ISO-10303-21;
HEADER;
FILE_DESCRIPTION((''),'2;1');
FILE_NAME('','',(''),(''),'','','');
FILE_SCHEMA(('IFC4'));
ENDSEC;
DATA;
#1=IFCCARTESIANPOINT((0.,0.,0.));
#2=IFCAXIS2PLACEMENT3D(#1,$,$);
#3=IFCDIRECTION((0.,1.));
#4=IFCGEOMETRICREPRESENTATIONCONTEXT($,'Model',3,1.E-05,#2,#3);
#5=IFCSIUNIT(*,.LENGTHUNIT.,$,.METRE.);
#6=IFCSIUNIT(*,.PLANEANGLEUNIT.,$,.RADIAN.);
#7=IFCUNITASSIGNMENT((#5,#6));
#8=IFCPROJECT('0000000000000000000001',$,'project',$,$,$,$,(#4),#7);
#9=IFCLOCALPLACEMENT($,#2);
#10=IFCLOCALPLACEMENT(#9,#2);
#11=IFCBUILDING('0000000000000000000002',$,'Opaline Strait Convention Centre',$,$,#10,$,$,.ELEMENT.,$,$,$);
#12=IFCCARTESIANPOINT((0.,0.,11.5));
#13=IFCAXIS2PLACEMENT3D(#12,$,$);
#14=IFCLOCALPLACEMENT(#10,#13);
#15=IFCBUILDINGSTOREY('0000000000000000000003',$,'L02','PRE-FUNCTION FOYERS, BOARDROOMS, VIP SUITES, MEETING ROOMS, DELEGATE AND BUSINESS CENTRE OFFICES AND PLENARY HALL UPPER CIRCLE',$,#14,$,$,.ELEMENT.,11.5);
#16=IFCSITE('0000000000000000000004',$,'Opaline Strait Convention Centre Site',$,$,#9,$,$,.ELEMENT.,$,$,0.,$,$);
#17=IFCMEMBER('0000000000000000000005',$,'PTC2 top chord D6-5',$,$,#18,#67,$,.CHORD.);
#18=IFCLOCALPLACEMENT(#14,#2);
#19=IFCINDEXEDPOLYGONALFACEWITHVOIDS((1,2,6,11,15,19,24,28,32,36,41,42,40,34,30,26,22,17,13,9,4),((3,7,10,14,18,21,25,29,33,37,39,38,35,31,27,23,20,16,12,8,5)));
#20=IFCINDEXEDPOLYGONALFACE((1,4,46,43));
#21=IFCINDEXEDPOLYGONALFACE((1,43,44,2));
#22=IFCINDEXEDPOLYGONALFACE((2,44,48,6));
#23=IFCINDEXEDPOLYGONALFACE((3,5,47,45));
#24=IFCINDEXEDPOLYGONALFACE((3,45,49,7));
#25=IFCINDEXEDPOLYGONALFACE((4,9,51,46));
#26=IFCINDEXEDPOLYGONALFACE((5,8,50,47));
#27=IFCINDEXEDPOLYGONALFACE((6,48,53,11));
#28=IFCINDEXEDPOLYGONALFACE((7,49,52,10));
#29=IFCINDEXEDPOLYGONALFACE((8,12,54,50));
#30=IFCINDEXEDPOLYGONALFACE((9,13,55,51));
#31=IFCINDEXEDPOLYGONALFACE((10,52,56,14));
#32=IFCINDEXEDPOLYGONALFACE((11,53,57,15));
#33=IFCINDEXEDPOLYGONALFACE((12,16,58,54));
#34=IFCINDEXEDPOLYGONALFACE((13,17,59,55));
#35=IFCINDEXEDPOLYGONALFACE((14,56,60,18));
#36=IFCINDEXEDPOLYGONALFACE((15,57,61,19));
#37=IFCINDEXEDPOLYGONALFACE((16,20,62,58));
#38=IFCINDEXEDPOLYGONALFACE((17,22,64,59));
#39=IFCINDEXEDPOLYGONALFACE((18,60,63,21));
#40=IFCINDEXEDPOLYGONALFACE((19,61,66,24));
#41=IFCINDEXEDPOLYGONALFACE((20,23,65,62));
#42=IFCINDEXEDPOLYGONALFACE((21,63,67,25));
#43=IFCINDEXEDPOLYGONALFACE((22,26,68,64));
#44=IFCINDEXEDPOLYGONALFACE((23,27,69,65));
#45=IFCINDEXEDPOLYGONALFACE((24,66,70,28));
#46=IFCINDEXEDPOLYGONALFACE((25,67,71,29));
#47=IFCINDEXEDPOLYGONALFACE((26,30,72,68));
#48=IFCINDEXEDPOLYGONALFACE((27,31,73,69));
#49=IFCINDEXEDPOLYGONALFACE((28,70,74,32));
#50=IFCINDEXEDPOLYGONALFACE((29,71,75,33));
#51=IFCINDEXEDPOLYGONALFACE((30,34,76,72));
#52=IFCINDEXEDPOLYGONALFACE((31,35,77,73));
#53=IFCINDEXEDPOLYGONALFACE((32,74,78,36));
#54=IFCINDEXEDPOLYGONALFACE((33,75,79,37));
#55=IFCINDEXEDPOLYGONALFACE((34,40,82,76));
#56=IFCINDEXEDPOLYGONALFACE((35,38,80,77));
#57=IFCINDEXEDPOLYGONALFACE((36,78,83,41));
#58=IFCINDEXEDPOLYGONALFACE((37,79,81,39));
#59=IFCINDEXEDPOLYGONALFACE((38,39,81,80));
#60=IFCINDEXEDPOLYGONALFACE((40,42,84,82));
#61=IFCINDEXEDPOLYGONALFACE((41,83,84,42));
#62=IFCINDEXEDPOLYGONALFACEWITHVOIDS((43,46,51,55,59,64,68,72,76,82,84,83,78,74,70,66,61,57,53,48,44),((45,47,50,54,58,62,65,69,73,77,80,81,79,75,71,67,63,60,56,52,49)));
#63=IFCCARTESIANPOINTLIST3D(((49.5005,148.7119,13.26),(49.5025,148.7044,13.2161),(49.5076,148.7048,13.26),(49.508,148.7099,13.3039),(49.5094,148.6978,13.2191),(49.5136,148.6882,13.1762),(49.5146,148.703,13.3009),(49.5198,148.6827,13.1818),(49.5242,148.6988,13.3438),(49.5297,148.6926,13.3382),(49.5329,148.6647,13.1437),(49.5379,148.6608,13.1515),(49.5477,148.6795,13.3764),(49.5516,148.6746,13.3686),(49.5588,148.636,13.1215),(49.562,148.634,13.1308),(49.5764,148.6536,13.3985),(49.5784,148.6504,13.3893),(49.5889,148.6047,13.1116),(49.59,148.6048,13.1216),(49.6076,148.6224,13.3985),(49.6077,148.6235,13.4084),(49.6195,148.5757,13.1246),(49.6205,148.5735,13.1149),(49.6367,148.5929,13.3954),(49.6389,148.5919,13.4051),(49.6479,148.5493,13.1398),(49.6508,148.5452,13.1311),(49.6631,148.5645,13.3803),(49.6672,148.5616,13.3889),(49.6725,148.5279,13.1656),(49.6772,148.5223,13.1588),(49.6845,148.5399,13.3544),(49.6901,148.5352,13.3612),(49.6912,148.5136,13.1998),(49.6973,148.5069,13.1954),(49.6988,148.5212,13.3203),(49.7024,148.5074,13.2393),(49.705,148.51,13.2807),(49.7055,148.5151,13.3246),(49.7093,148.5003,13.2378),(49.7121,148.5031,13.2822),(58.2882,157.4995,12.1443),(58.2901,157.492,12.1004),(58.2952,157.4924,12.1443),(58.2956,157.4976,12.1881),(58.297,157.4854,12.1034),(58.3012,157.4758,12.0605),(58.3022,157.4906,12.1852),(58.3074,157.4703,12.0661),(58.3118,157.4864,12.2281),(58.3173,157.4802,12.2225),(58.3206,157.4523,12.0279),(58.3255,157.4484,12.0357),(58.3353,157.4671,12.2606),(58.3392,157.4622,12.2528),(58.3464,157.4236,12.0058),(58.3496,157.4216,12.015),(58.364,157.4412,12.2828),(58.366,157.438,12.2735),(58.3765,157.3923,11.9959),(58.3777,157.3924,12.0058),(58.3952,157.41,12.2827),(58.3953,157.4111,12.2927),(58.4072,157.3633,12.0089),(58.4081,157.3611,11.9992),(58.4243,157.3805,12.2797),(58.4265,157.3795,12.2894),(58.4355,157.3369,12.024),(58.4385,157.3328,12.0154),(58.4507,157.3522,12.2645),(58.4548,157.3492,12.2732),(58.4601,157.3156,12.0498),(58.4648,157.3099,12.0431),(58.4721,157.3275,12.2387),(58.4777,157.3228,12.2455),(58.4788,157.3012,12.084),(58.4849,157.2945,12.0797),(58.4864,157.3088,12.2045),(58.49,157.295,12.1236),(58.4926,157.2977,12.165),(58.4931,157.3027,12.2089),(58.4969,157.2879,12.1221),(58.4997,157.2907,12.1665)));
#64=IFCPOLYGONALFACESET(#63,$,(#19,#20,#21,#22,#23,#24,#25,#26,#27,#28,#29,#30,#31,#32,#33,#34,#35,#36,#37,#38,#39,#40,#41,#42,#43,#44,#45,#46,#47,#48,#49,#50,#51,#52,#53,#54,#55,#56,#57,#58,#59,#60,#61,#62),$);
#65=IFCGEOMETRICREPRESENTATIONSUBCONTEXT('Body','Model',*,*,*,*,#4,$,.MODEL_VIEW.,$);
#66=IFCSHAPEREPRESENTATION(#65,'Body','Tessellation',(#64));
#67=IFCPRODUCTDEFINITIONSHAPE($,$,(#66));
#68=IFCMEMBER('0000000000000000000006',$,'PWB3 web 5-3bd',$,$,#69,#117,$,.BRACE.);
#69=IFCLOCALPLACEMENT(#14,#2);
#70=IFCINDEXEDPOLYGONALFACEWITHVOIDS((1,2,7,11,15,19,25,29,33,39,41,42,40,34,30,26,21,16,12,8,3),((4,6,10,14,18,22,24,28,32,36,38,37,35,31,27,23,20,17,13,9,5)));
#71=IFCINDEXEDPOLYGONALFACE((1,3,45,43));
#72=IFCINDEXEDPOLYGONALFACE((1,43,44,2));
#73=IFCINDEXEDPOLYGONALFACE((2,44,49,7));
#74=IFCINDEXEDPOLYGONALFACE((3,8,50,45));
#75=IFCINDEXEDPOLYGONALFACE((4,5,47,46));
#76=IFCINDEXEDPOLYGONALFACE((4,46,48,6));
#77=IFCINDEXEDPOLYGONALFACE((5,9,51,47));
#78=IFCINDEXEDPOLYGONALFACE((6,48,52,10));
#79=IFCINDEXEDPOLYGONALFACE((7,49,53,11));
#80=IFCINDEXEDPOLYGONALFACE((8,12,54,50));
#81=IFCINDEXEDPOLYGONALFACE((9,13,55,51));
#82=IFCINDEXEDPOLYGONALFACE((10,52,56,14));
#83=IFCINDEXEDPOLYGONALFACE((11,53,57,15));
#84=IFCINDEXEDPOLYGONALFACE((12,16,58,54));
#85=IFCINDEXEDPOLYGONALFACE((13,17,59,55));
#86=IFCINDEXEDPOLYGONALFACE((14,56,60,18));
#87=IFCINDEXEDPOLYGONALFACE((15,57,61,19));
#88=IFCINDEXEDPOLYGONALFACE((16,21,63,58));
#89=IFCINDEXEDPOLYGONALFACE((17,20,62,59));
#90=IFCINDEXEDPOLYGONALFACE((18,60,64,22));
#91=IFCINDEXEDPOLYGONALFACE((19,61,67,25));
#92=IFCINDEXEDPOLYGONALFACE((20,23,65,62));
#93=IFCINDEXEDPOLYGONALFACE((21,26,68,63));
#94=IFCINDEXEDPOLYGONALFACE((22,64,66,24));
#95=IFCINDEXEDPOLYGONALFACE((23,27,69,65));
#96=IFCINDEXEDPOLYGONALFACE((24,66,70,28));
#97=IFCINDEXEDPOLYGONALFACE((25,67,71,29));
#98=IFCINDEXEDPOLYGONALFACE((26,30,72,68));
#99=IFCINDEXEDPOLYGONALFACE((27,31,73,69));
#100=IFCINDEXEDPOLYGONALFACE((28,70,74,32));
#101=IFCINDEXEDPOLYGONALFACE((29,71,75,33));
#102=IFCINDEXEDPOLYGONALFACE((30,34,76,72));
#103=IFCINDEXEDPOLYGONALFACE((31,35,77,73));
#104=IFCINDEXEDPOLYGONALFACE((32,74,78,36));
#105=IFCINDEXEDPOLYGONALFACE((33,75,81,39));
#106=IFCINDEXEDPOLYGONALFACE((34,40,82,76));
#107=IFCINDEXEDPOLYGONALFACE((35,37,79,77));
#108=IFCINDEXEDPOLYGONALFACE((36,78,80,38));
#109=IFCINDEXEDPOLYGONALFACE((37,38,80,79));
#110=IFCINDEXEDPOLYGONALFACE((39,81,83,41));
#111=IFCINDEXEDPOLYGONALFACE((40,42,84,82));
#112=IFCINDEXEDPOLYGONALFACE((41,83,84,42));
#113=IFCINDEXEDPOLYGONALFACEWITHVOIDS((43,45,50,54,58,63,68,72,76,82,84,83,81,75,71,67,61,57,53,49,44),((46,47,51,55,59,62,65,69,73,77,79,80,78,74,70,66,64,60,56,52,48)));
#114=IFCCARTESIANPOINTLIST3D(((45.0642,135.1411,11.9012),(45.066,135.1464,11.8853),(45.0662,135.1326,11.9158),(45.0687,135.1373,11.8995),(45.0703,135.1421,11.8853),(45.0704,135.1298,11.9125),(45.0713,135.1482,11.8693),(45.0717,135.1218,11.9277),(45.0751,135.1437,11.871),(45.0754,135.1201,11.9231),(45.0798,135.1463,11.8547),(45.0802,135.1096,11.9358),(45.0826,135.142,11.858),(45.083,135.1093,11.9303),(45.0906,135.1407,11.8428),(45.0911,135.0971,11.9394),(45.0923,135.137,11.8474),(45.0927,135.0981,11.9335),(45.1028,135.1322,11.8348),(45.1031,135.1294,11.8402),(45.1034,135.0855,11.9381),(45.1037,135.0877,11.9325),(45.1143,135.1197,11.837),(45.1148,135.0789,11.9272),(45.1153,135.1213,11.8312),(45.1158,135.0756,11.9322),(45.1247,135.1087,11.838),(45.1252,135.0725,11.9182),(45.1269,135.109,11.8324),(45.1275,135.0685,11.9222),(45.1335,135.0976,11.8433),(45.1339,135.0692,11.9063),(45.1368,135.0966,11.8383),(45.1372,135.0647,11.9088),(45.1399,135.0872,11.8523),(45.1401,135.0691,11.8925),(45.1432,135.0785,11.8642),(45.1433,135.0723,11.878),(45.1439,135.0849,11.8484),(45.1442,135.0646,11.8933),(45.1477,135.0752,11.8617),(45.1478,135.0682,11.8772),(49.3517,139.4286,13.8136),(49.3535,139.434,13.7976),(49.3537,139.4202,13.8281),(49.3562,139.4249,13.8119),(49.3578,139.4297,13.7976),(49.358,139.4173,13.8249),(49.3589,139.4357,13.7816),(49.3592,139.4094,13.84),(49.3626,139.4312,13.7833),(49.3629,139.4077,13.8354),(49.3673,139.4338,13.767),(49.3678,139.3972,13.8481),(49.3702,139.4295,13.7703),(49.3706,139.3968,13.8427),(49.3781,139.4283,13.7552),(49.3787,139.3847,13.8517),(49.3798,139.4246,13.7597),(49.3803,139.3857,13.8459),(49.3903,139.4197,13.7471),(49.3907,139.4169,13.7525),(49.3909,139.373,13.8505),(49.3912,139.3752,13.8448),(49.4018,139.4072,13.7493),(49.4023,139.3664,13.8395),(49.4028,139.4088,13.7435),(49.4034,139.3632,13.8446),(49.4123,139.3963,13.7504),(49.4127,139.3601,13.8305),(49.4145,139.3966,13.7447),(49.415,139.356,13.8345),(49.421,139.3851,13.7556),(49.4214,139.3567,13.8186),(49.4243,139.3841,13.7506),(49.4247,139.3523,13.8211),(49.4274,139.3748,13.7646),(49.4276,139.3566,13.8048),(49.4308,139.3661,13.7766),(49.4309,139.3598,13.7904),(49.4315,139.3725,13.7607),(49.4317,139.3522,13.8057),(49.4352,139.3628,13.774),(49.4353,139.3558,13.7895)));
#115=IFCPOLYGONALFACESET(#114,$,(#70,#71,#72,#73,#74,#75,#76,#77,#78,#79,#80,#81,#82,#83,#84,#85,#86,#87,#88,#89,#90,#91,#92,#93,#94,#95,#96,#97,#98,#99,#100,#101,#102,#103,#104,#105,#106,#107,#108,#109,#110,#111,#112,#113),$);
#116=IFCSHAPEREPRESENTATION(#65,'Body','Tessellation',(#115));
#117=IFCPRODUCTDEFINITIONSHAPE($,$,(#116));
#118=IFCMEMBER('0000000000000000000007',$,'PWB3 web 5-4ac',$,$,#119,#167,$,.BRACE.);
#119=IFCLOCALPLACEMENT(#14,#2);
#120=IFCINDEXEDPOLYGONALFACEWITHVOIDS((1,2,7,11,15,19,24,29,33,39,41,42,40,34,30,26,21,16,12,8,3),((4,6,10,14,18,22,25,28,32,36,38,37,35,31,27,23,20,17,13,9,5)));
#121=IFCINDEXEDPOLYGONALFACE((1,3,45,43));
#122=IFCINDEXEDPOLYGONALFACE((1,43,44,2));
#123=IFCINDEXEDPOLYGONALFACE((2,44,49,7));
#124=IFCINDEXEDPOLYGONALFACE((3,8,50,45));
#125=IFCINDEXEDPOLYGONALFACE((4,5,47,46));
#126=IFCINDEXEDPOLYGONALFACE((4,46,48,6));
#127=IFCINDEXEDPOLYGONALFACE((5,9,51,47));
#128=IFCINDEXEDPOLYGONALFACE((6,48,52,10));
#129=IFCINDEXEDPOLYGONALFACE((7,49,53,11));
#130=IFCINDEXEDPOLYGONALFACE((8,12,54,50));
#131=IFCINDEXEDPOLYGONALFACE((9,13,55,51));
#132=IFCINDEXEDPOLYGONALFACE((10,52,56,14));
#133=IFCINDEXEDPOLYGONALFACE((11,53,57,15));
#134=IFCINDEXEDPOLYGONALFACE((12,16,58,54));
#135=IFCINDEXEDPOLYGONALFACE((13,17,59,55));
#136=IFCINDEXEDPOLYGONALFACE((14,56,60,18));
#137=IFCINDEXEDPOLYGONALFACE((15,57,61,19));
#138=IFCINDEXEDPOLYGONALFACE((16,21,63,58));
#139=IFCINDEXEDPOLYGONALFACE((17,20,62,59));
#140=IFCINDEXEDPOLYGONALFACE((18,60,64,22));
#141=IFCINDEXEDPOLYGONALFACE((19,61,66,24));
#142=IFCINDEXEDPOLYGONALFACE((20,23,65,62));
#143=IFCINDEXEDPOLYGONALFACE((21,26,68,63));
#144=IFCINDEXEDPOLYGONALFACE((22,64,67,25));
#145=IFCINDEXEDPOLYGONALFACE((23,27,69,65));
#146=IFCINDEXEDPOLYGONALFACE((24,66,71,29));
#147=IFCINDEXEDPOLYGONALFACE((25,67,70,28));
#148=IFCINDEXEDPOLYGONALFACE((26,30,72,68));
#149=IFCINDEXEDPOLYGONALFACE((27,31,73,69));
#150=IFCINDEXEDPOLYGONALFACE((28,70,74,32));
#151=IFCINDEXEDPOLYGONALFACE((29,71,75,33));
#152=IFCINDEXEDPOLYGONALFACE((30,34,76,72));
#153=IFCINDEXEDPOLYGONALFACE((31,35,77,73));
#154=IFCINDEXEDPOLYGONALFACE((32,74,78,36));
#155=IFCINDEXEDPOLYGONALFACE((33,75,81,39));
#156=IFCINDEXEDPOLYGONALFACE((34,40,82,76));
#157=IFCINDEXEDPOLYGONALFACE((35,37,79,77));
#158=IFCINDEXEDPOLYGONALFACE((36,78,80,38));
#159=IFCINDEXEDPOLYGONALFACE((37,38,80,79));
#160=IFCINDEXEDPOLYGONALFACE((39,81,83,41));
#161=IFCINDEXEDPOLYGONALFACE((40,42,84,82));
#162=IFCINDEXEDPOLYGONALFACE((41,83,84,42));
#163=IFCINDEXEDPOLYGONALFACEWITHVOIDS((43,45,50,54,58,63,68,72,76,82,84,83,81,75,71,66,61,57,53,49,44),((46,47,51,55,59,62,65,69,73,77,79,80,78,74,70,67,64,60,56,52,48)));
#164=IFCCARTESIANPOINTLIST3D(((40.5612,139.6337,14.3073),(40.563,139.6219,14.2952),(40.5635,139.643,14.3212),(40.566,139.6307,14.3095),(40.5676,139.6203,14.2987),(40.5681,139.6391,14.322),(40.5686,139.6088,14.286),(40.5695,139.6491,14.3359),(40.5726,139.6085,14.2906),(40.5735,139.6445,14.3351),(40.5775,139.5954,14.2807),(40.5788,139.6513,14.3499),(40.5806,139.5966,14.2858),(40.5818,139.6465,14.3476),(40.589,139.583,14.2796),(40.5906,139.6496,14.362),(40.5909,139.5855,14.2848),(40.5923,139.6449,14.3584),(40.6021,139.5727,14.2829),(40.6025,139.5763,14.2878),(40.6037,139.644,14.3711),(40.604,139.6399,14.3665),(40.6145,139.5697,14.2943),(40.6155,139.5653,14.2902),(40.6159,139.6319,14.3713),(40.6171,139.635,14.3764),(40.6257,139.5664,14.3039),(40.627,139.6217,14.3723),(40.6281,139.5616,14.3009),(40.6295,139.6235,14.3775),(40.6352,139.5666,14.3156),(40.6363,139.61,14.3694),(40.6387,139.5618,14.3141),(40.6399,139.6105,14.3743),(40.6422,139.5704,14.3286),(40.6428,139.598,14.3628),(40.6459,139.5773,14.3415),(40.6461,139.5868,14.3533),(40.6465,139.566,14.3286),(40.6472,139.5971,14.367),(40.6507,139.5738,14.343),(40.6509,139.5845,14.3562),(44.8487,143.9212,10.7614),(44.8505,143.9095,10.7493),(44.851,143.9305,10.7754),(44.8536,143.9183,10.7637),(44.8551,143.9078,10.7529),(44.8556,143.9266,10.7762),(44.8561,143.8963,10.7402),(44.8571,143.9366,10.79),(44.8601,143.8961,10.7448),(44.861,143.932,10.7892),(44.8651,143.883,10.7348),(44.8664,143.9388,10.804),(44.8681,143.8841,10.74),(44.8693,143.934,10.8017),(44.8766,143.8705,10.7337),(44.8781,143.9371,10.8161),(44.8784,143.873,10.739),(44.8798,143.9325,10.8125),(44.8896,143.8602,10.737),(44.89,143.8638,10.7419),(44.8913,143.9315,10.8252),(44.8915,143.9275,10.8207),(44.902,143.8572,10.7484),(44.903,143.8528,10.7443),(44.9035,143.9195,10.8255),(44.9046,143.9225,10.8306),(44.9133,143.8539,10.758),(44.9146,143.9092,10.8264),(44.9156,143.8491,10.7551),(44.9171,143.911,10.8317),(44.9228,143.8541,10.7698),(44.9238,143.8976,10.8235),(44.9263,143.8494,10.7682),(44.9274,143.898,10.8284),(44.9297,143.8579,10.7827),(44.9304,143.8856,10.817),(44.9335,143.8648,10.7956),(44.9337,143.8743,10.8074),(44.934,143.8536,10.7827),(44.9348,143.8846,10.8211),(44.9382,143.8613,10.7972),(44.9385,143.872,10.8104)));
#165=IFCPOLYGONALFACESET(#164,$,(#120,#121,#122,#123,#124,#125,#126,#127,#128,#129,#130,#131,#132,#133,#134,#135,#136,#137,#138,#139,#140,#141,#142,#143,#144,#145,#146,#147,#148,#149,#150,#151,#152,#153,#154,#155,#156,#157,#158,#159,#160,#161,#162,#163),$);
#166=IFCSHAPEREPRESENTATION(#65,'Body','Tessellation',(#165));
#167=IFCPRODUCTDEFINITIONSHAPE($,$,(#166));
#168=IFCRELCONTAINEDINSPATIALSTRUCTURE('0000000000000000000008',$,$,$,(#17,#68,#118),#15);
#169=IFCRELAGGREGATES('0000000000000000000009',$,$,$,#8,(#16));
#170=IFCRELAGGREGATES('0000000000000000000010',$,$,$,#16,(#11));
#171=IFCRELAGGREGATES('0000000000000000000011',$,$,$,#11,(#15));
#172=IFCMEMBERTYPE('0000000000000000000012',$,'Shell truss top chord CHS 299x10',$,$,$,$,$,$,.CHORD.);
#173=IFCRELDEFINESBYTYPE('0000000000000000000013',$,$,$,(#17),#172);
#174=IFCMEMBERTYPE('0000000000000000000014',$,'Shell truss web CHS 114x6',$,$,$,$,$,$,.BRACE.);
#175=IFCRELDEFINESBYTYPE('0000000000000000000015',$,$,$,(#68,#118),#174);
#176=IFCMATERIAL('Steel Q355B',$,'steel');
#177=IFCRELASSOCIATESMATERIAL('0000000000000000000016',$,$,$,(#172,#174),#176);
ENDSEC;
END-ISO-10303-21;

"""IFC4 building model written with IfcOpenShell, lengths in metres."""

from ifc_helpers import new_model, si_unit, direction, frame, origin, origin_2d, place, context, subcontext, project, spatial, hollow_circle, extrude, material, material_profile, profile_set, type_object, element, save


model = new_model("IFC4")

# Units and contexts
model_context = context("Model", 3, precision=1e-05, world=origin(), true_north=direction((0.0, 1.0)))
body_context = subcontext(model_context, "Body", "Model", "MODEL_VIEW")
ifc_project = project(units=[si_unit("LENGTHUNIT", "METRE"), si_unit("PLANEANGLEUNIT", "RADIAN")], contexts=[model_context])

# Site, building, storey
site_placement = place(None, origin())
site = spatial("IfcSite", under=ifc_project, at=site_placement, Name="Opaline Strait Convention Centre Site", CompositionType="ELEMENT", RefElevation=0.0)
building_placement = place(site_placement, origin())
building = spatial("IfcBuilding", under=site, at=building_placement, Name="Opaline Strait Convention Centre", CompositionType="ELEMENT")
storey_placement = place(building_placement, frame((0.0, 0.0, 11.5)))
storey = spatial("IfcBuildingStorey", under=building, at=storey_placement, Name="L02", Description="PRE-FUNCTION FOYERS, BOARDROOMS, VIP SUITES, MEETING ROOMS, DELEGATE AND BUSINESS CENTRE OFFICES AND PLENARY HALL UPPER CIRCLE", CompositionType="ELEMENT", Elevation=11.5)

# Members
ifc_material_1 = material(Name="Steel Q355B", Category="steel")
ifc_material_profile_1 = material_profile(ifc_material_1, hollow_circle(Radius=0.1494, WallThickness=0.01, at=origin_2d()), Name="CHS 299x10")
ifc_profile_set_1 = profile_set([ifc_material_profile_1], Name="Steel Q355B")
member_type_1 = type_object("IfcMemberType", Name="Shell truss top chord CHS 299x10", PredefinedType="CHORD", material=ifc_profile_set_1)
member_1_placement = place(storey_placement, frame((49.6062, 148.6062, 13.26), z_axis=(0.704274, 0.704274, -0.089419), x_axis=(-0.707107, 0.707107, 0.0)))
element("IfcMember", 1, at=member_1_placement, inside=storey, type_object=member_type_1, Name="PTC2 top chord D6-5", PredefinedType="CHORD", context=body_context, shape_type="SweptSolid", body=[
    extrude(hollow_circle(Radius=0.1494, WallThickness=0.01, at=origin_2d()), origin(), (0.0, 0.0, 1.0), 12.4775),
])
ifc_material_profile_2 = material_profile(ifc_material_1, hollow_circle(Radius=0.0569, WallThickness=0.0061, at=origin_2d()), Name="CHS 114x6")
ifc_profile_set_2 = profile_set([ifc_material_profile_2], Name="Steel Q355B")
member_type_2 = type_object("IfcMemberType", Name="Shell truss web CHS 114x6", PredefinedType="BRACE", material=ifc_profile_set_2)
member_2_placement = place(storey_placement, frame((45.1062, 135.1062, 11.8853), z_axis=(0.674363, 0.674363, 0.300779), x_axis=(-0.707107, 0.707107, 0.0)))
element("IfcMember", 2, at=member_2_placement, inside=storey, type_object=member_type_2, Name="PWB3 web 5-3bd", PredefinedType="BRACE", context=body_context, shape_type="SweptSolid", body=[
    extrude(hollow_circle(Radius=0.0569, WallThickness=0.0061, at=origin_2d()), origin(), (0.0, 0.0, 1.0), 6.3579),
])
member_3_placement = place(storey_placement, frame((44.8938, 143.8938, 10.7827), z_axis=(-0.610398, -0.610398, 0.504807), x_axis=(0.707107, -0.707107, 0.0)))
element("IfcMember", 3, at=member_3_placement, inside=storey, type_object=member_type_2, Name="PWB3 web 5-4ac", PredefinedType="BRACE", context=body_context, shape_type="SweptSolid", body=[
    extrude(hollow_circle(Radius=0.0569, WallThickness=0.0061, at=origin_2d()), origin(), (0.0, 0.0, 1.0), 7.0242),
])

save(model, "model.ifc")
